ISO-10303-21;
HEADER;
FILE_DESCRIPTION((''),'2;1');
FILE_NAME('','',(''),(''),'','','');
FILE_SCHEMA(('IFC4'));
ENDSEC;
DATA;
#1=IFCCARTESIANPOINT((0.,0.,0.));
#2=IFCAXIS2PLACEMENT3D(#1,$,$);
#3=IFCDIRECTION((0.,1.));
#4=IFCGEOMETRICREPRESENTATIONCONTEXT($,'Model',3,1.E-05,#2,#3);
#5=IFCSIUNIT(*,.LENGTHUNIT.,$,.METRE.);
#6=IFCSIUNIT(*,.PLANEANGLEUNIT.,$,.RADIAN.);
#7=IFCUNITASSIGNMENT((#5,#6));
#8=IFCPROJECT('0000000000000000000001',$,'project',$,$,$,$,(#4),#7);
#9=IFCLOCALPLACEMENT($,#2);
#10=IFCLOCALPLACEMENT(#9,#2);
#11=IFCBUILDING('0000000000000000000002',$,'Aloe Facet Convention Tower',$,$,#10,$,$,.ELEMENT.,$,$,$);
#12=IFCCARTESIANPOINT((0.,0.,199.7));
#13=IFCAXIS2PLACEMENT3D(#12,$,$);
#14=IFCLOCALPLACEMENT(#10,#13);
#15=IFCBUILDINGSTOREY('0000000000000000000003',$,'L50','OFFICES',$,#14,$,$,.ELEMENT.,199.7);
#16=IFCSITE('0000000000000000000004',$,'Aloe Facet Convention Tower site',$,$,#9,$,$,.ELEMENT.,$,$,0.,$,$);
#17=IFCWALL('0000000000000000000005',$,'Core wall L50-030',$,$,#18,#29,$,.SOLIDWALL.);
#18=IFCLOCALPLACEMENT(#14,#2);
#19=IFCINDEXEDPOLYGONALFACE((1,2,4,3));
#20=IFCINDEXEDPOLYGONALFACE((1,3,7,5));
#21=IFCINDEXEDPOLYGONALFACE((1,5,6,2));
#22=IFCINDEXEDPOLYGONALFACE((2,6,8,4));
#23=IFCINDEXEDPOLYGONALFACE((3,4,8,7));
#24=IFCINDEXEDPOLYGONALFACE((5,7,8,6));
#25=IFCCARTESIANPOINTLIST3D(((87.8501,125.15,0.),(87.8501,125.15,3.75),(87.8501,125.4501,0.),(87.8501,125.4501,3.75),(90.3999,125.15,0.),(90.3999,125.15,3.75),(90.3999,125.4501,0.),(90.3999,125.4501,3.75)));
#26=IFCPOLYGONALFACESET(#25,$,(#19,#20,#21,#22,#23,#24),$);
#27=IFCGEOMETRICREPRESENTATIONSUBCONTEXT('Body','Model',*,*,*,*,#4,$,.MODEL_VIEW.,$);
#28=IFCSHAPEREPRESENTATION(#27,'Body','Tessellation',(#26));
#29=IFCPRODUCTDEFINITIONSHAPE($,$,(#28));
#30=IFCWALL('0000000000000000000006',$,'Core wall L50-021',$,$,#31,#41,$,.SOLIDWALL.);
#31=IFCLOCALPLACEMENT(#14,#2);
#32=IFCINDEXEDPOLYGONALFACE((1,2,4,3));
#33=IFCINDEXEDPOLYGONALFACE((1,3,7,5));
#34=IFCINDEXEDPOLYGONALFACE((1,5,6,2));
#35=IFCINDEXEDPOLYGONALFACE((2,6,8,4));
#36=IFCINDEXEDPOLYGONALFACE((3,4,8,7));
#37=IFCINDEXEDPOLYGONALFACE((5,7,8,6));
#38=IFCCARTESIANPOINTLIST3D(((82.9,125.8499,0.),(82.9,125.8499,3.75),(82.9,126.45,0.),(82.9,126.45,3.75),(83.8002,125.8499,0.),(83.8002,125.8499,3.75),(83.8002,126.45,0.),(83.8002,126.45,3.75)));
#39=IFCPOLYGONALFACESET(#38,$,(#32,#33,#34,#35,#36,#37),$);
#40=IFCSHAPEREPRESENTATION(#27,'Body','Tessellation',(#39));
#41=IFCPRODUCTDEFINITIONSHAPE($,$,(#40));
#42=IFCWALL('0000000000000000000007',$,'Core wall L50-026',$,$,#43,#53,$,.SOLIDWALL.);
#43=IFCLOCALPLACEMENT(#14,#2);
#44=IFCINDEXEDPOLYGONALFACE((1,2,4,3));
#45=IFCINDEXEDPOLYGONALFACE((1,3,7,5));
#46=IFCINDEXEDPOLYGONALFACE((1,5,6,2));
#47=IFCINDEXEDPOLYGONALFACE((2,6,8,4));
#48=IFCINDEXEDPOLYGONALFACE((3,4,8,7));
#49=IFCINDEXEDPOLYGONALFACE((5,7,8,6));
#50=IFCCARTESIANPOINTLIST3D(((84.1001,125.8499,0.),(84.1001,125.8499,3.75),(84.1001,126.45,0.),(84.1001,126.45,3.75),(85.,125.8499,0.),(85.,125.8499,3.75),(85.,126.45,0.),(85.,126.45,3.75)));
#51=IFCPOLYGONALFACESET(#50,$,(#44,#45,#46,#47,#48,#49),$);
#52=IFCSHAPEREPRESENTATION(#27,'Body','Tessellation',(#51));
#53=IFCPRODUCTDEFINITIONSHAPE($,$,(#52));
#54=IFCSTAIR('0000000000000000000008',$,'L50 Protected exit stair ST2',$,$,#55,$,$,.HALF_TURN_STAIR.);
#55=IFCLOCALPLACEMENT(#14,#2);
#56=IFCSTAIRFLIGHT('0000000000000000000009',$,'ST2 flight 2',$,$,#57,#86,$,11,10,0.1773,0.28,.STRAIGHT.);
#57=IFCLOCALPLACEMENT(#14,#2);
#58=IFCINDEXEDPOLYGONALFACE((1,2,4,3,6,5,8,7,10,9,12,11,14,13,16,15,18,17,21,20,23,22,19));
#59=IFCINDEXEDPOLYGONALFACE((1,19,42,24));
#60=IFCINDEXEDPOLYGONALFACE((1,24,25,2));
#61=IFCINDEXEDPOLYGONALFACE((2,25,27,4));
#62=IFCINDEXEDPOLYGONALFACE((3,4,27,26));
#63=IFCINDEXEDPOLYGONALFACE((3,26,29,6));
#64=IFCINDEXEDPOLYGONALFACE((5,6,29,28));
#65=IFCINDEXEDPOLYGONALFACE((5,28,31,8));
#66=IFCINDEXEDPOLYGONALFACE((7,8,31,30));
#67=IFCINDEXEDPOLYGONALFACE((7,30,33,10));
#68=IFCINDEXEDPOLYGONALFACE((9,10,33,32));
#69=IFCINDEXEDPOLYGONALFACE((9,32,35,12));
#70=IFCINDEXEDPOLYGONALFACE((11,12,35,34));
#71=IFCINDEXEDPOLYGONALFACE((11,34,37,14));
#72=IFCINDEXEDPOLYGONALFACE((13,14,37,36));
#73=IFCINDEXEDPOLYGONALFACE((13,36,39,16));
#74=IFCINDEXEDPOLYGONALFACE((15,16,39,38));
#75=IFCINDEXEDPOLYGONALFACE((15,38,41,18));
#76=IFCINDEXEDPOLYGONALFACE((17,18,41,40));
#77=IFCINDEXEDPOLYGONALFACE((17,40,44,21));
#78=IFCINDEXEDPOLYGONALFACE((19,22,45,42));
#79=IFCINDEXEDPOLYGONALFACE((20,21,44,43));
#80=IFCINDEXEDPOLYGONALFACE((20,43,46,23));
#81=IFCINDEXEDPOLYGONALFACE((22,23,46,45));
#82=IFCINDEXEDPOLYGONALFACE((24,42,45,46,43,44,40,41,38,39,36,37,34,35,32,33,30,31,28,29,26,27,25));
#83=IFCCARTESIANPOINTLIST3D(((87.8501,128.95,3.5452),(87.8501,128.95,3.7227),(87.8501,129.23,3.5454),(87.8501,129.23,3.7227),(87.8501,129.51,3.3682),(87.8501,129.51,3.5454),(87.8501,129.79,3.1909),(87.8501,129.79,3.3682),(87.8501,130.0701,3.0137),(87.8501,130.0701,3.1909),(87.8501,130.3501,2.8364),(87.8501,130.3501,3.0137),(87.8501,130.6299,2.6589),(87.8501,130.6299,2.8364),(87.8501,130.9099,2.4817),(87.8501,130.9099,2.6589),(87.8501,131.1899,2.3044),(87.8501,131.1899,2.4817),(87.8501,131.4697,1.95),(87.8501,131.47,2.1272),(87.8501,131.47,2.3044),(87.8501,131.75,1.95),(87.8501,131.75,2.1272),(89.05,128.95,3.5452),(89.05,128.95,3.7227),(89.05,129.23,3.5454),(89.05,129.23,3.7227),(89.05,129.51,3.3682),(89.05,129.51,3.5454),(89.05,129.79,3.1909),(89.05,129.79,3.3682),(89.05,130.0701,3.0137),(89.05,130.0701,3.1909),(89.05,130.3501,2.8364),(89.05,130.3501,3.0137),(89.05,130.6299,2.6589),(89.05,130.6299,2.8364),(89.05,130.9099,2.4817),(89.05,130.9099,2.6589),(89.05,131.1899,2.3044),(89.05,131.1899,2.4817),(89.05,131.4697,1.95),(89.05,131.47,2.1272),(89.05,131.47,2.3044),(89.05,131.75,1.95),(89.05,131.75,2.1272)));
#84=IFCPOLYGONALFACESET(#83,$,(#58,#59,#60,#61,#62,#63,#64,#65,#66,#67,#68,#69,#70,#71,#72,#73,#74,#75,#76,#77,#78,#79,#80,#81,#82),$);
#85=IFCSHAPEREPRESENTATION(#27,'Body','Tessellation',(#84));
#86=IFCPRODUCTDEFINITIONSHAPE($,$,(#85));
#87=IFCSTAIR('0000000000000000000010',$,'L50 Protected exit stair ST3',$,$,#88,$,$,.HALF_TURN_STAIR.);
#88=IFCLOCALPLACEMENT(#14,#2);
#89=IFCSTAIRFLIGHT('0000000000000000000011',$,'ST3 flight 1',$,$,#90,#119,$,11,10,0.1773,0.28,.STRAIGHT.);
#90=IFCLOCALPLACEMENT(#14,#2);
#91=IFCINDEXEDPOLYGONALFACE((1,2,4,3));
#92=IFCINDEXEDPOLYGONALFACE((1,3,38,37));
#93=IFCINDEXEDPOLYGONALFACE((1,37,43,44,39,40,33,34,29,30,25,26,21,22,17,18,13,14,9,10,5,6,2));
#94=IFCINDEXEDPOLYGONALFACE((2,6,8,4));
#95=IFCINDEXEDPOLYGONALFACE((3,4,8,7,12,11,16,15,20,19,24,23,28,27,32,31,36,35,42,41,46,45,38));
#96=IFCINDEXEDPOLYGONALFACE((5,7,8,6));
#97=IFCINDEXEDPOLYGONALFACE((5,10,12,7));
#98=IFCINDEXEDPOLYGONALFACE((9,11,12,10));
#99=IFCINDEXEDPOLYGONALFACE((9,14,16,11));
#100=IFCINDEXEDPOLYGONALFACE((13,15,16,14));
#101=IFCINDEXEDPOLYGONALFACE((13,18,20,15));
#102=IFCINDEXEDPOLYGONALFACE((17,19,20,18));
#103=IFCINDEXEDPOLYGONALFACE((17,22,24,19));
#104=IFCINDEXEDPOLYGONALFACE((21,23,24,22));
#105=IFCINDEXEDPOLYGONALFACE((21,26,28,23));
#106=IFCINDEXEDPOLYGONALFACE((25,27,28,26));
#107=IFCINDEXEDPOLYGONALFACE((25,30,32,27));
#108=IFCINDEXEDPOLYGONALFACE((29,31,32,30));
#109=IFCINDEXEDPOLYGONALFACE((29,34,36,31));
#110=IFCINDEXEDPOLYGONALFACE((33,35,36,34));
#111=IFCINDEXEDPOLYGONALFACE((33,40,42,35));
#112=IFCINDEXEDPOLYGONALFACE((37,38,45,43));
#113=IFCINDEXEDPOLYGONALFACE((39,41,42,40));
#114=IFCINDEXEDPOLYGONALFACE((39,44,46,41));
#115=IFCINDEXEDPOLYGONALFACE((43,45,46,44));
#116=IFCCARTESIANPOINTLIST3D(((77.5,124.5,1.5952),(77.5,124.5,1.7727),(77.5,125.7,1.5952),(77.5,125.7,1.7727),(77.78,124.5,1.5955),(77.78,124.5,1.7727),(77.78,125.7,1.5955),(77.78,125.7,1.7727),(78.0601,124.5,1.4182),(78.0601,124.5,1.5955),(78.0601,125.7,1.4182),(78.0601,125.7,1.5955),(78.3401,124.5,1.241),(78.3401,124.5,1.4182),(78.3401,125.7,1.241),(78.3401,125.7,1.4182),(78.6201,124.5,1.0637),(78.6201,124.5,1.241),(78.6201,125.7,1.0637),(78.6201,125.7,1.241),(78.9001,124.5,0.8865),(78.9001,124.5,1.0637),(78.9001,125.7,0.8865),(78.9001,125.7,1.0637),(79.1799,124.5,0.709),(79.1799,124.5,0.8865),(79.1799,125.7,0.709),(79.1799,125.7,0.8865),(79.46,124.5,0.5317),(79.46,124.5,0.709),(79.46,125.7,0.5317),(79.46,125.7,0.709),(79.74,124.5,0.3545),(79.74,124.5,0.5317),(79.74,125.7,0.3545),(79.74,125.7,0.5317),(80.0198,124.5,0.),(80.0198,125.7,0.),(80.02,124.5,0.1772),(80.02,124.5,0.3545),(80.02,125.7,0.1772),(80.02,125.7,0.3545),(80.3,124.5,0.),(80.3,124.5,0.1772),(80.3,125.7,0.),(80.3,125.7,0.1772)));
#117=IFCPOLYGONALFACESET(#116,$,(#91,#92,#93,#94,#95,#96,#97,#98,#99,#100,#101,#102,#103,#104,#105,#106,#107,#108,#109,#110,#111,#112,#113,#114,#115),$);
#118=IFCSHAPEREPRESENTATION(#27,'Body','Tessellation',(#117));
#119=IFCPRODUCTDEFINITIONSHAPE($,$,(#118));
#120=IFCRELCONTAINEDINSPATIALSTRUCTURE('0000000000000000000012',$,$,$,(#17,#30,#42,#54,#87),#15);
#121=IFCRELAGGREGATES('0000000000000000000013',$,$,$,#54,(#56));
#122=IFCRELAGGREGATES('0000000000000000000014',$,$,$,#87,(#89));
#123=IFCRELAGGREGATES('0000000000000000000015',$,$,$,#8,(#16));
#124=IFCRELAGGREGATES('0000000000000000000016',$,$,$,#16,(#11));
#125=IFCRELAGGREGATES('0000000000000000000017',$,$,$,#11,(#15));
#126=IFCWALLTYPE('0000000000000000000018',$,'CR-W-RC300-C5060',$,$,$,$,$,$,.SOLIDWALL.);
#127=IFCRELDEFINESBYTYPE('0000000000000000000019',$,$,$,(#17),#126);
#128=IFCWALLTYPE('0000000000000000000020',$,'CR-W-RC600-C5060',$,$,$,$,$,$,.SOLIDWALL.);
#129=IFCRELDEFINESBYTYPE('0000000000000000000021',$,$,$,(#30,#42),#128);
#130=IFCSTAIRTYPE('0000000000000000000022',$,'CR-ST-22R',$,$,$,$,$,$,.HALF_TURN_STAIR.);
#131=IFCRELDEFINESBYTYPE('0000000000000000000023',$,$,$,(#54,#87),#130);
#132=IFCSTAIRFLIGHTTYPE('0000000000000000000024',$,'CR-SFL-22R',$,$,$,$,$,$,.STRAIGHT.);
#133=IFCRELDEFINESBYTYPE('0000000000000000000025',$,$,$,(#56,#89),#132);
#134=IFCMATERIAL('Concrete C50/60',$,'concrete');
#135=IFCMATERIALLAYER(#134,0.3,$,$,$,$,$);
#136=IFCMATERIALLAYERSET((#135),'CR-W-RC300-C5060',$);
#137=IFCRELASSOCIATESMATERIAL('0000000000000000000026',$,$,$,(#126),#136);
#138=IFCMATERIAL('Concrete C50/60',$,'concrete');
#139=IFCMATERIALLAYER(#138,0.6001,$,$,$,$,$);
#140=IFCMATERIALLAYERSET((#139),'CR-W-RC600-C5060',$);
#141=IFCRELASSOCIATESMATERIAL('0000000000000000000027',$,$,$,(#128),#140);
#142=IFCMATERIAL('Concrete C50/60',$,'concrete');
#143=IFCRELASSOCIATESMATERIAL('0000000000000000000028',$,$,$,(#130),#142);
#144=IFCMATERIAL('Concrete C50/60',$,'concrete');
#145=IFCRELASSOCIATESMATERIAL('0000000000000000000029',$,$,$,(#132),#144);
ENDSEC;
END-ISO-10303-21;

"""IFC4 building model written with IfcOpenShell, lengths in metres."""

from ifc_helpers import new_model, si_unit, direction, frame, frame_2d, origin, place, context, subcontext, project, spatial, polyline, rectangle, outline, extrude, material, layer, layer_set, type_object, element, aggregate, save


model = new_model("IFC4")

# Units and contexts
model_context = context("Model", 3, precision=1e-05, world=origin(), true_north=direction((0.0, 1.0)))
body_context = subcontext(model_context, "Body", "Model", "MODEL_VIEW")
ifc_project = project(units=[si_unit("LENGTHUNIT", "METRE"), si_unit("PLANEANGLEUNIT", "RADIAN")], contexts=[model_context])

# Site, building, storey
site_placement = place(None, origin())
site = spatial("IfcSite", under=ifc_project, at=site_placement, Name="Aloe Facet Convention Tower site", CompositionType="ELEMENT", RefElevation=0.0)
building_placement = place(site_placement, origin())
building = spatial("IfcBuilding", under=site, at=building_placement, Name="Aloe Facet Convention Tower", CompositionType="ELEMENT")
storey_placement = place(building_placement, frame((0.0, 0.0, 199.7)))
storey = spatial("IfcBuildingStorey", under=building, at=storey_placement, Name="L50", Description="OFFICES", CompositionType="ELEMENT", Elevation=199.7)

# Shared definitions
ifc_material_1 = material(Name="Concrete C50/60", Category="concrete")
ifc_layer_1 = layer(ifc_material_1, 0.3)
ifc_layer_set_1 = layer_set([ifc_layer_1], Name="CR-W-RC300-C5060")
wall_type_1 = type_object("IfcWallType", Name="CR-W-RC300-C5060", PredefinedType="SOLIDWALL", material=ifc_layer_set_1)

# Walls
for number, where, z_axis, x_axis, name in (
    (1, (87.8501, 125.3, 0.0), (0.0, 0.0, 1.0), (1.0, 0.0, 0.0), "Core wall L50-030"),
):
    element("IfcWall", number, at=place(storey_placement, frame(where, z_axis=z_axis, x_axis=x_axis)), inside=storey, type_object=wall_type_1, Name=name, PredefinedType="SOLIDWALL", context=body_context, shape_type="SweptSolid", body=[
        extrude(rectangle(XDim=2.5498, YDim=0.3, at=frame_2d((1.2749, 0.0))), origin(), (0.0, 0.0, 1.0), 3.75),
    ])
ifc_material_2 = material(Name="Concrete C50/60", Category="concrete")
ifc_layer_2 = layer(ifc_material_2, 0.6001)
ifc_layer_set_2 = layer_set([ifc_layer_2], Name="CR-W-RC600-C5060")
wall_type_2 = type_object("IfcWallType", Name="CR-W-RC600-C5060", PredefinedType="SOLIDWALL", material=ifc_layer_set_2)
wall_1_placement = place(storey_placement, frame((82.8999, 126.1499, 0.0), z_axis=(0.0, 0.0, 1.0), x_axis=(1.0, 0.0, 0.0)))
element("IfcWall", 2, at=wall_1_placement, inside=storey, type_object=wall_type_2, Name="Core wall L50-021", PredefinedType="SOLIDWALL", context=body_context, shape_type="SweptSolid", body=[
    extrude(rectangle(XDim=0.9001, YDim=0.6001, at=frame_2d((0.4502, 0.0))), origin(), (0.0, 0.0, 1.0), 3.75),
])
wall_2_placement = place(storey_placement, frame((84.1001, 126.1499, 0.0), z_axis=(0.0, 0.0, 1.0), x_axis=(1.0, 0.0, 0.0)))
element("IfcWall", 3, at=wall_2_placement, inside=storey, type_object=wall_type_2, Name="Core wall L50-026", PredefinedType="SOLIDWALL", context=body_context, shape_type="SweptSolid", body=[
    extrude(rectangle(XDim=0.8999, YDim=0.6001, at=frame_2d((0.45, 0.0))), origin(), (0.0, 0.0, 1.0), 3.75),
])

# Stairs, stair flights
ifc_material_3 = material(Name="Concrete C50/60", Category="concrete")
stair_type = type_object("IfcStairType", Name="CR-ST-22R", PredefinedType="HALF_TURN_STAIR", material=ifc_material_3)
stair_1_placement = place(storey_placement, origin())
stair_1 = element("IfcStair", 4, at=stair_1_placement, inside=storey, type_object=stair_type, Name="L50 Protected exit stair ST2", PredefinedType="HALF_TURN_STAIR")
ifc_material_4 = material(Name="Concrete C50/60", Category="concrete")
stair_flight_type = type_object("IfcStairFlightType", Name="CR-SFL-22R", PredefinedType="STRAIGHT", material=ifc_material_4)
stair_flight_1_placement = place(storey_placement, frame((88.45, 131.75, 1.95), z_axis=(0.0, 0.0, 1.0), x_axis=(0.0, -1.0, 0.0)))
stair_flight_1 = element("IfcStairFlight", 5, at=stair_flight_1_placement, type_object=stair_flight_type, Name="ST2 flight 2", NumberOfRisers=11, NumberOfTreads=10, PredefinedType="STRAIGHT", RiserHeight=0.1773, TreadLength=0.28, context=body_context, shape_type="SweptSolid", body=[
    extrude(outline(polyline([(0.0, 0.0), (0.0, 0.1772), (0.28, 0.1772), (0.28, 0.3545), (0.5601, 0.3545), (0.5601, 0.5317), (0.8401, 0.5317), (0.8401, 0.709), (1.1201, 0.709), (1.1201, 0.8865), (1.3999, 0.8865), (1.3999, 1.0637), (1.6799, 1.0637), (1.6799, 1.241), (1.96, 1.241), (1.96, 1.4182), (2.24, 1.4182), (2.24, 1.5955), (2.52, 1.5955), (2.52, 1.7727), (2.8, 1.7727), (2.8, 1.95), (2.8, 1.5952), (0.2803, 0.0), (0.0, 0.0)])), frame((0.0, 0.6001, 0.0), z_axis=(0.0, -1.0, 0.0), x_axis=(1.0, 0.0, 0.0)), (0.0, 0.0, 1.0), 1.2),
])
aggregate(stair_1, [stair_flight_1])
stair_2_placement = place(storey_placement, origin())
stair_2 = element("IfcStair", 6, at=stair_2_placement, inside=storey, type_object=stair_type, Name="L50 Protected exit stair ST3", PredefinedType="HALF_TURN_STAIR")
stair_flight_2_placement = place(storey_placement, frame((80.3, 125.1001, 0.0), z_axis=(0.0, 0.0, 1.0), x_axis=(-1.0, 0.0, 0.0)))
stair_flight_2 = element("IfcStairFlight", 7, at=stair_flight_2_placement, type_object=stair_flight_type, Name="ST3 flight 1", NumberOfRisers=11, NumberOfTreads=10, PredefinedType="STRAIGHT", RiserHeight=0.1773, TreadLength=0.28, context=body_context, shape_type="SweptSolid", body=[
    extrude(outline(polyline([(0.0, 0.0), (0.0, 0.1772), (0.28, 0.1772), (0.28, 0.3545), (0.5601, 0.3545), (0.5601, 0.5317), (0.8401, 0.5317), (0.8401, 0.709), (1.1201, 0.709), (1.1201, 0.8865), (1.3999, 0.8865), (1.3999, 1.0637), (1.6799, 1.0637), (1.6799, 1.241), (1.96, 1.241), (1.96, 1.4182), (2.24, 1.4182), (2.24, 1.5955), (2.52, 1.5955), (2.52, 1.7727), (2.8, 1.7727), (2.8, 1.95), (2.8, 1.5952), (0.2803, 0.0), (0.0, 0.0)])), frame((0.0, 0.6001, 0.0), z_axis=(0.0, -1.0, 0.0), x_axis=(1.0, 0.0, 0.0)), (0.0, 0.0, 1.0), 1.2),
])
aggregate(stair_2, [stair_flight_2])

save(model, "model.ifc")
